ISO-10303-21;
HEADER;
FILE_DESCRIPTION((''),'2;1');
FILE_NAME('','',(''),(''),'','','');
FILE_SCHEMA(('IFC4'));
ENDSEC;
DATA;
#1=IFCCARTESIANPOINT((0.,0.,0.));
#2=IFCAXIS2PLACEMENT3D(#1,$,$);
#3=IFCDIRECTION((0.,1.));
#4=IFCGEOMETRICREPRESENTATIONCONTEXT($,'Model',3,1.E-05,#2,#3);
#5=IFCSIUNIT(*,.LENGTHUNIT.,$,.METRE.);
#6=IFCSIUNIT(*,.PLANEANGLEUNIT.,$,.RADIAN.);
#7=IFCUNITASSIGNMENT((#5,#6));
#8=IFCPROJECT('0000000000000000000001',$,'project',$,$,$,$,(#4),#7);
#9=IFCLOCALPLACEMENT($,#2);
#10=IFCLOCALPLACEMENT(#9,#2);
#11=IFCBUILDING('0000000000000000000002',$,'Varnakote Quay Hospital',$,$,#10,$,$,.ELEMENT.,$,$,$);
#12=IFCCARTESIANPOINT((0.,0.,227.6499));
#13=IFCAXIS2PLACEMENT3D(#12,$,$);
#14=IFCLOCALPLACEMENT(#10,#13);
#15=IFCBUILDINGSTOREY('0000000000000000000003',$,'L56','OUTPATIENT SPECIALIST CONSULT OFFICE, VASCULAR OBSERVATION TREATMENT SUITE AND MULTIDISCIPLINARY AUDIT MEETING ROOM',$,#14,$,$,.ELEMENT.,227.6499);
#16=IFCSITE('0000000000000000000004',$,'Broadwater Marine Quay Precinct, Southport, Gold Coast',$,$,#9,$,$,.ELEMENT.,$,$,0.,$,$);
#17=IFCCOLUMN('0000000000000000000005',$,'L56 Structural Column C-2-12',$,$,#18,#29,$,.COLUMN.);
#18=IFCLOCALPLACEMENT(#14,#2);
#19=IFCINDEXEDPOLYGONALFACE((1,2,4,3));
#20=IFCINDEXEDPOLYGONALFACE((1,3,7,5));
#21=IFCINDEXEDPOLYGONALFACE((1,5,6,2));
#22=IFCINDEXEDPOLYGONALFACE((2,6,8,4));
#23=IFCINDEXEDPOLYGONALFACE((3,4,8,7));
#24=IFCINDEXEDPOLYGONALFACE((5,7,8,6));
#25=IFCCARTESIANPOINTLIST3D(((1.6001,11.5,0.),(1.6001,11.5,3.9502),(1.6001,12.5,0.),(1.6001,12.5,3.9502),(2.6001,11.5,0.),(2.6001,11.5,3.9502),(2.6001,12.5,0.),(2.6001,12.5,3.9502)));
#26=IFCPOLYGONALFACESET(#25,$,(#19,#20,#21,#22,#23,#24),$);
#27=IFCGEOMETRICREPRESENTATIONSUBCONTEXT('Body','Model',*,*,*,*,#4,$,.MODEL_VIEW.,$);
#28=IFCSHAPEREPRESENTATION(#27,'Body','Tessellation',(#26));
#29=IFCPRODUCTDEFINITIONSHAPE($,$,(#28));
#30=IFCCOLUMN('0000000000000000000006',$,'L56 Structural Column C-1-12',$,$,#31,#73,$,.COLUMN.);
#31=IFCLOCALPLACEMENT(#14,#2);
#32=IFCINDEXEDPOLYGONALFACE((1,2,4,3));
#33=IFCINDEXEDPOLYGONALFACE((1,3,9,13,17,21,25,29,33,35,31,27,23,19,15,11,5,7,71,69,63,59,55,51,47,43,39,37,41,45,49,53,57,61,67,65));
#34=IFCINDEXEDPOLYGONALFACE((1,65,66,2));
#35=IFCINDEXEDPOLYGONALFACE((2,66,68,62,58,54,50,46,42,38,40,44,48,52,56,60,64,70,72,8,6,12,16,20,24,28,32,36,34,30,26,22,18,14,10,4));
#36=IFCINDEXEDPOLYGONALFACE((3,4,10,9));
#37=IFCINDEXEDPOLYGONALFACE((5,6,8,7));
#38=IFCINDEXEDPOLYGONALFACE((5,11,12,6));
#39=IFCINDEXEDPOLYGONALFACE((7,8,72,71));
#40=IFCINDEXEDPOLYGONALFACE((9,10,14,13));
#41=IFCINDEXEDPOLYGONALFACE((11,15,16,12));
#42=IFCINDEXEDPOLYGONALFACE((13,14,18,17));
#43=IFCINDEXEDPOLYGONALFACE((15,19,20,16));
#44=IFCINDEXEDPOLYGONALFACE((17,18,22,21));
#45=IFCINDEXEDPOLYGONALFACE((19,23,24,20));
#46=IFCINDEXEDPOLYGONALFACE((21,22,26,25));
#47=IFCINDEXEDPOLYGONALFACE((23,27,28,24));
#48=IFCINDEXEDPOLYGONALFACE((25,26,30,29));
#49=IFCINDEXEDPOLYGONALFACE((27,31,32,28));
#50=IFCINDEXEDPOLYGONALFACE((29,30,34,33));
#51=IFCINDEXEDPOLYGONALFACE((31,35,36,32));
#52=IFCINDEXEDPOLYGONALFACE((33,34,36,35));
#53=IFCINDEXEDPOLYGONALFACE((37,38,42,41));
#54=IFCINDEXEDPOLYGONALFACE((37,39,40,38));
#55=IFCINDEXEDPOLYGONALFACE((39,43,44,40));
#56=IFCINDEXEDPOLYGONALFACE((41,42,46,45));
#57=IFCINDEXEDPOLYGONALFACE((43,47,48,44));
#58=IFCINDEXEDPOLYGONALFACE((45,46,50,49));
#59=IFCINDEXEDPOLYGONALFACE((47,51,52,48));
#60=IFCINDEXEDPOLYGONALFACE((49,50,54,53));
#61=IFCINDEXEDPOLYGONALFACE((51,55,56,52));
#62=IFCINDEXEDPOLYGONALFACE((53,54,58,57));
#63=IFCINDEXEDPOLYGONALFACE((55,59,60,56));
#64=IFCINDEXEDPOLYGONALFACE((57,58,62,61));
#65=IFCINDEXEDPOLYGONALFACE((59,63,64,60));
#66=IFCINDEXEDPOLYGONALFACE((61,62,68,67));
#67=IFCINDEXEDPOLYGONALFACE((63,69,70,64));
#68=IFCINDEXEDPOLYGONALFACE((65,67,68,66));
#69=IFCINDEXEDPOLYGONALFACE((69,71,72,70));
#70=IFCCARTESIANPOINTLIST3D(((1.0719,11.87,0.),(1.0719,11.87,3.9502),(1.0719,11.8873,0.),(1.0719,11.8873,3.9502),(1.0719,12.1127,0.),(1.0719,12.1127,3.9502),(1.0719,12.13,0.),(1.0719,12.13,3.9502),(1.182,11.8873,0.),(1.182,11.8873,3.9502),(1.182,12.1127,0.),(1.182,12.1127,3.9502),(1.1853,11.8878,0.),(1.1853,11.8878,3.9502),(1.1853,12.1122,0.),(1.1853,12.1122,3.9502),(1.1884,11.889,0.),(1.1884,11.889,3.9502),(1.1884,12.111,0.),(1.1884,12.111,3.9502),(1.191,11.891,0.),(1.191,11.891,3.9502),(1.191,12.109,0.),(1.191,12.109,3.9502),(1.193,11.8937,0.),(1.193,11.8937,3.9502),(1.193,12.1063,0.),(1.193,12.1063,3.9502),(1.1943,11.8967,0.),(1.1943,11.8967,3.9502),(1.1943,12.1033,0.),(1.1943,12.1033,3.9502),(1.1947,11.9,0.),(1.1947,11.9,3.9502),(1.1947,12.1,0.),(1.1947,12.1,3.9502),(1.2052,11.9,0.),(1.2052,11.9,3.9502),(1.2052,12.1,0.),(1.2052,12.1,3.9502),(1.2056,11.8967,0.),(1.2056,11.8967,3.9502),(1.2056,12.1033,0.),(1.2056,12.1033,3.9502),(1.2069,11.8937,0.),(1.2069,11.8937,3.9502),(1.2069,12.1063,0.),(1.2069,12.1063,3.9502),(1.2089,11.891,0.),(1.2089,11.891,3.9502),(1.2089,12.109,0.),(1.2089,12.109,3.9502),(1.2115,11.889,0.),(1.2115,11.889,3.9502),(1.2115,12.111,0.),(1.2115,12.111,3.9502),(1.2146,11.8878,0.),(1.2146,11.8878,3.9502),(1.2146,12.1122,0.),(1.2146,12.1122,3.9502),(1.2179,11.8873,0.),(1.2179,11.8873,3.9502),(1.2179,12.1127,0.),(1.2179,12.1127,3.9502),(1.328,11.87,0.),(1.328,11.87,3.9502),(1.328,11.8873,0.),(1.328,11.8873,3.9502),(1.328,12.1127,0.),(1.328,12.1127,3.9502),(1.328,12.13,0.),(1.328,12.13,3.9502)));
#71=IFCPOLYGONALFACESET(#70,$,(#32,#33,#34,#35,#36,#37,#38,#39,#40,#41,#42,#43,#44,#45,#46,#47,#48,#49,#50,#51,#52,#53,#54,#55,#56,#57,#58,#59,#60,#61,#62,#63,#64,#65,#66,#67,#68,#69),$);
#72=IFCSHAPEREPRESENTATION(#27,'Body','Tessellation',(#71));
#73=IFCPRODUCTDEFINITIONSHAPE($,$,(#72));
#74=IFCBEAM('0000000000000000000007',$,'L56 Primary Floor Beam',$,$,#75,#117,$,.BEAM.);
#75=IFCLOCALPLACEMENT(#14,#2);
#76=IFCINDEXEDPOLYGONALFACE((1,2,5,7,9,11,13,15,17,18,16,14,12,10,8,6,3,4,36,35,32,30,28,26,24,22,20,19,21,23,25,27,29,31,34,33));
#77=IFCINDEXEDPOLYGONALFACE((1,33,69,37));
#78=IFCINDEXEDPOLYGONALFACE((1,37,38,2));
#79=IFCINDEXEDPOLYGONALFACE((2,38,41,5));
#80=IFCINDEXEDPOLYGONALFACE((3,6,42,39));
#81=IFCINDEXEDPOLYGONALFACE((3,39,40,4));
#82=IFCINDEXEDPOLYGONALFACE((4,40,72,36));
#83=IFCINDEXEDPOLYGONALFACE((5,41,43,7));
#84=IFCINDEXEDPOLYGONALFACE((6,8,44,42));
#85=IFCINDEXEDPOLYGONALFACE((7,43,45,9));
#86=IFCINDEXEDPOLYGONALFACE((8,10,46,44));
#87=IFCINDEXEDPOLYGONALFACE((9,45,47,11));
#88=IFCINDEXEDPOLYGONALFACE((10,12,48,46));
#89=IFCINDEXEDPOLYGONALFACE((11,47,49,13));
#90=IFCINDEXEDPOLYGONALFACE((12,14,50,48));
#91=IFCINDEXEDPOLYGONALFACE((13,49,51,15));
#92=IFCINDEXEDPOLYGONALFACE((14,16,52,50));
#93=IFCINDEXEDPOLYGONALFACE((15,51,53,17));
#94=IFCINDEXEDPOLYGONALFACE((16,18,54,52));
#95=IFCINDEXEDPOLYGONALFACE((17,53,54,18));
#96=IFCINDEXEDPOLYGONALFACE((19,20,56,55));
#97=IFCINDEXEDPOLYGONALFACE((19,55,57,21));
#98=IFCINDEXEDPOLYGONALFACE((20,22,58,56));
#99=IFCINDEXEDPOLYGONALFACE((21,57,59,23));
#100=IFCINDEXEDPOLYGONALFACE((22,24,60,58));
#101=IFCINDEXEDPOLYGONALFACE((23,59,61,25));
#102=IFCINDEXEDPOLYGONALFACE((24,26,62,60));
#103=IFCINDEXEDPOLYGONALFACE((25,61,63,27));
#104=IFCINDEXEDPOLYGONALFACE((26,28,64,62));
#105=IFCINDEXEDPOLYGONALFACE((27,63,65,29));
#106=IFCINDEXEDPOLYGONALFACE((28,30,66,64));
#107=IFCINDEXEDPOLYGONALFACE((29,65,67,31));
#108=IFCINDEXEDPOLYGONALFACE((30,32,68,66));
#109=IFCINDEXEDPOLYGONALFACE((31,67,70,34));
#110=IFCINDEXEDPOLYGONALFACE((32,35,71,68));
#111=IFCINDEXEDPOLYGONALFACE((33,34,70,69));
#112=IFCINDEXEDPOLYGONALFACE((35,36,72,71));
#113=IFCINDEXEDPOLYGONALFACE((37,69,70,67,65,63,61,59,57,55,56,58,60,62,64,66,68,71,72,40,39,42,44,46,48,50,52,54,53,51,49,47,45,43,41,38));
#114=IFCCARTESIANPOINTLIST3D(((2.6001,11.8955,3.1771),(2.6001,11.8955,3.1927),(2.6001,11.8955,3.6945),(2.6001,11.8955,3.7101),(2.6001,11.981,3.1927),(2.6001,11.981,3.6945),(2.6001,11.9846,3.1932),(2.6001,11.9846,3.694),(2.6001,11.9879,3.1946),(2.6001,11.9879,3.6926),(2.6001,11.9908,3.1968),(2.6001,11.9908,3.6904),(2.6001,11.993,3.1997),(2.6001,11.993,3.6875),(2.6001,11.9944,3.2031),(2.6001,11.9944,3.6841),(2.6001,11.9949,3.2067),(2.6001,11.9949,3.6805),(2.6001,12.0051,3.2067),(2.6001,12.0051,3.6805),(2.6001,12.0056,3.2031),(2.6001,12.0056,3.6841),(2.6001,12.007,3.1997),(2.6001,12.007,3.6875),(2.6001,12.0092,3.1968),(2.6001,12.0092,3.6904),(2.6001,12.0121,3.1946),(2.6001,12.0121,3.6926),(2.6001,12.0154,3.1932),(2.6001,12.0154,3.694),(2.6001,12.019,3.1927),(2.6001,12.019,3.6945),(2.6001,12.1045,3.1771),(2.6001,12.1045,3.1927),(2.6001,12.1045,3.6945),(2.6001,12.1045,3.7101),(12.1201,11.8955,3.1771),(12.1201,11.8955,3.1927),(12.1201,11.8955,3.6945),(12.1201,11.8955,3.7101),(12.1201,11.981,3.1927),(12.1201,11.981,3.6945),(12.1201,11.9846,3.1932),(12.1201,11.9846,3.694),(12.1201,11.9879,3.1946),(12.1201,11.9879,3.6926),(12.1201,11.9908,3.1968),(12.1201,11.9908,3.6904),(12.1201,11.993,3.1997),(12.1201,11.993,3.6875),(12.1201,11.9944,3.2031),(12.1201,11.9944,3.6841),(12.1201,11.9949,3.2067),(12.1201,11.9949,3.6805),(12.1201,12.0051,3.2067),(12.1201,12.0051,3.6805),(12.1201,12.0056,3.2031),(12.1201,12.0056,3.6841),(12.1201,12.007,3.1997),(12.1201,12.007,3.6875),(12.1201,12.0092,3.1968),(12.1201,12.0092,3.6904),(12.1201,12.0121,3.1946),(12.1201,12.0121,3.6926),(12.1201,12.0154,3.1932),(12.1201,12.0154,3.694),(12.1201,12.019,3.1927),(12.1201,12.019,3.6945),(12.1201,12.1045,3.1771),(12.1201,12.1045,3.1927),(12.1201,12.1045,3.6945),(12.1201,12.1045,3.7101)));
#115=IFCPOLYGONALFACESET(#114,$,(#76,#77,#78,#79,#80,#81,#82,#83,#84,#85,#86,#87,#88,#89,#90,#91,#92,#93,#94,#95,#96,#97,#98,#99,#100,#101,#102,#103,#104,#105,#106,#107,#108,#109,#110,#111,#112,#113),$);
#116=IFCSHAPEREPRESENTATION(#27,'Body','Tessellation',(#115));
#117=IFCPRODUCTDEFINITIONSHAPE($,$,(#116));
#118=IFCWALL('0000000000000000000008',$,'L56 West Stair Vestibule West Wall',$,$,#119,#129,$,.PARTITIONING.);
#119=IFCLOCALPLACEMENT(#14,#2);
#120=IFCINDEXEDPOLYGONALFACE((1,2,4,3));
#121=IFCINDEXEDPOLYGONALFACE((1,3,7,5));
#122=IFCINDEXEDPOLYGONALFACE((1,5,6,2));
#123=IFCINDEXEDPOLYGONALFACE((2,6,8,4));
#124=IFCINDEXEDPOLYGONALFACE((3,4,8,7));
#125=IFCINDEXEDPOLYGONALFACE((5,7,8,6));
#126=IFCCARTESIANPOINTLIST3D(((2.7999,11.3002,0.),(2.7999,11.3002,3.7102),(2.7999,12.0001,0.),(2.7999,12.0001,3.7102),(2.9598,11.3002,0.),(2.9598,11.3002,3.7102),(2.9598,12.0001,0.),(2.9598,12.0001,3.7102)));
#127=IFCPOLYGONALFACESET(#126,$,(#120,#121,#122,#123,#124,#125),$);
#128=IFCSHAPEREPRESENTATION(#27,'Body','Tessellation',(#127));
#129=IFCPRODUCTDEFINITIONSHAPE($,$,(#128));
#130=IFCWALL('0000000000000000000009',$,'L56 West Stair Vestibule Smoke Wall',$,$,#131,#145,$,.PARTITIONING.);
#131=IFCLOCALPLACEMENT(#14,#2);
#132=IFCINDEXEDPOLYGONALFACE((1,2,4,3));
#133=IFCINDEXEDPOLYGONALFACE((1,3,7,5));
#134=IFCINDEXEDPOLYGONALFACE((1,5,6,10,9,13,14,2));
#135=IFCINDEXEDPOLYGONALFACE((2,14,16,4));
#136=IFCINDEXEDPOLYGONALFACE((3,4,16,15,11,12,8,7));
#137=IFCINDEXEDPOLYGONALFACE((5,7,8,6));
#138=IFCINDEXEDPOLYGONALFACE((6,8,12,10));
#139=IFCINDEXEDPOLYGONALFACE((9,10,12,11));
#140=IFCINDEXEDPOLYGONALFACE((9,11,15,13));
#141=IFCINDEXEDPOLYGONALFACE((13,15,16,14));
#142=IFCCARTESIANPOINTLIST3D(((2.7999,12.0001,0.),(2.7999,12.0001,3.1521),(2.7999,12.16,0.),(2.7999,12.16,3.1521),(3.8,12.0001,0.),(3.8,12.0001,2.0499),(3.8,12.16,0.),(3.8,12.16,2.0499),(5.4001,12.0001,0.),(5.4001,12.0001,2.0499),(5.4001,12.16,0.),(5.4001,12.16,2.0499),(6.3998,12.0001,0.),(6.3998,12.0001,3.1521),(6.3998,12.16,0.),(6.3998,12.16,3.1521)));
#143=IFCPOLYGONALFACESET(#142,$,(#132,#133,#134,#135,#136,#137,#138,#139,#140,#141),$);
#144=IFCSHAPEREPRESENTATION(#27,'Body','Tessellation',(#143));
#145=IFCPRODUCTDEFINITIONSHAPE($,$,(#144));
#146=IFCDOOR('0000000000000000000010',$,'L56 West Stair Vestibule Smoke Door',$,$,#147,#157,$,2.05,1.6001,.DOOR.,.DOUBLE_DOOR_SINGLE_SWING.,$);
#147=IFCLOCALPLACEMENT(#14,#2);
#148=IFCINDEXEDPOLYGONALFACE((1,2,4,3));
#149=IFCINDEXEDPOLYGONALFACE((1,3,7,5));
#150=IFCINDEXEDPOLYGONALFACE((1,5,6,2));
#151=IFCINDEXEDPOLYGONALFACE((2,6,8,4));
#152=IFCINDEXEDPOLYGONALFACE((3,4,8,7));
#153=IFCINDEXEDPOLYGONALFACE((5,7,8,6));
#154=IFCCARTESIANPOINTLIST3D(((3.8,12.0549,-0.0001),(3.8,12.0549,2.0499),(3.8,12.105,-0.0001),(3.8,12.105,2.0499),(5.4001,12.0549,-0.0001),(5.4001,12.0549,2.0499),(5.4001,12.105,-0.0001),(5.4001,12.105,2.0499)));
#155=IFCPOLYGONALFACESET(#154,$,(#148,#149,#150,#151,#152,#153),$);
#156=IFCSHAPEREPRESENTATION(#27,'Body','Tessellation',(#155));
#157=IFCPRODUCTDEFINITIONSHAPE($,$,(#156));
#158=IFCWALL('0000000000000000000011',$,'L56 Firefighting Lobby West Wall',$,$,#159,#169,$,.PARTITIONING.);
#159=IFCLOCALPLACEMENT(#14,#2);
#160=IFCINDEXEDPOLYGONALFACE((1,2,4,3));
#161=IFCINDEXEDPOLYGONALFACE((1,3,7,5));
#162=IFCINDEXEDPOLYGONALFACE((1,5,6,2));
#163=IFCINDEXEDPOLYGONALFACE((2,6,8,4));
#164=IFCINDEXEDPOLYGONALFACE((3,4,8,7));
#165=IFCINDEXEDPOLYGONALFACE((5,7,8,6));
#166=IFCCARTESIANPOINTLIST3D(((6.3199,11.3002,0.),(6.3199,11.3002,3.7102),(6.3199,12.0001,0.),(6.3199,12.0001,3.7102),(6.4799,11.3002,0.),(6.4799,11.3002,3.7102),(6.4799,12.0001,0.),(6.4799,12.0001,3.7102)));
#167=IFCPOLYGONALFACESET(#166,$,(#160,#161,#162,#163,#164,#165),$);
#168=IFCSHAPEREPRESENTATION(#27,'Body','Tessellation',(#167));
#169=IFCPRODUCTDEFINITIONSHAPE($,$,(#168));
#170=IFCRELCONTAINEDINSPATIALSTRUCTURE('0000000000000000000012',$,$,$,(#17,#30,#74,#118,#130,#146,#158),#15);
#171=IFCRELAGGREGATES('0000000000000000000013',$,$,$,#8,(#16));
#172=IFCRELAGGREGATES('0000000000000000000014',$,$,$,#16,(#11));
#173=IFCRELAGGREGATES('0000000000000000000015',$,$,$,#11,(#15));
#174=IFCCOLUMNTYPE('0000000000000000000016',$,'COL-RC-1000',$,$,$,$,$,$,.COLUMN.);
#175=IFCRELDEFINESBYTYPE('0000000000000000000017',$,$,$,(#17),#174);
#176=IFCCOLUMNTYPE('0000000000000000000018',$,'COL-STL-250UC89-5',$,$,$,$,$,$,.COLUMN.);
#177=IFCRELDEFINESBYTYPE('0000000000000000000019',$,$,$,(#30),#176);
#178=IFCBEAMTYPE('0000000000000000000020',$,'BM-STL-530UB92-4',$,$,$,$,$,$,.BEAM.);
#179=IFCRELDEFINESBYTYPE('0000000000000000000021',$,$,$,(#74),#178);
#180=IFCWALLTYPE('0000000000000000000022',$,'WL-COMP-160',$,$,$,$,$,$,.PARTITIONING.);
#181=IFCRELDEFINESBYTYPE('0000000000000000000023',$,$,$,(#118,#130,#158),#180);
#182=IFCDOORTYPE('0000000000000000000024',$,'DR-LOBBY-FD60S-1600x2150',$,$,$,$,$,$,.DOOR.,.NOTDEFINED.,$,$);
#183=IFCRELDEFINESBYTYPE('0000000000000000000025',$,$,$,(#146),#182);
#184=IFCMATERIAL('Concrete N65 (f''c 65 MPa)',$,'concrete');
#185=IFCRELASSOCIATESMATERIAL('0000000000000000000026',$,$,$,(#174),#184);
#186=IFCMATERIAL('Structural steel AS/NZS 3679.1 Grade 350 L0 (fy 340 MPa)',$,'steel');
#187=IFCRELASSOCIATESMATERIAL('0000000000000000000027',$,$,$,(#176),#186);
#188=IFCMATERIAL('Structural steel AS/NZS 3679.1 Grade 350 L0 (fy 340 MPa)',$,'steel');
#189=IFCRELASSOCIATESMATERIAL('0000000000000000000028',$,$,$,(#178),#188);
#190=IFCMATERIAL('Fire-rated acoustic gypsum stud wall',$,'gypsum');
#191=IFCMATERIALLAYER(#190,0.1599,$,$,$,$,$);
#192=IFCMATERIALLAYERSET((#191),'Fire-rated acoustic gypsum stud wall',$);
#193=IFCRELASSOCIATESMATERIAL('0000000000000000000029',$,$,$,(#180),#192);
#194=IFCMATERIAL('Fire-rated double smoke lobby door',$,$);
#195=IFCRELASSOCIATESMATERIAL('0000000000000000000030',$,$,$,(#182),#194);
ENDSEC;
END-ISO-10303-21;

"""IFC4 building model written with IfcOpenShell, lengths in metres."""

from ifc_helpers import new_model, si_unit, direction, frame, frame_2d, origin, origin_2d, place, context, subcontext, project, spatial, rectangle, i_section, extrude, material, layer, layer_set, material_profile, profile_set, type_object, element, fill, save


model = new_model("IFC4")

# Units and contexts
model_context = context("Model", 3, precision=1e-05, world=origin(), true_north=direction((0.0, 1.0)))
body_context = subcontext(model_context, "Body", "Model", "MODEL_VIEW")
ifc_project = project(units=[si_unit("LENGTHUNIT", "METRE"), si_unit("PLANEANGLEUNIT", "RADIAN")], contexts=[model_context])

# Site, building, storey
site_placement = place(None, origin())
site = spatial("IfcSite", under=ifc_project, at=site_placement, Name="Broadwater Marine Quay Precinct, Southport, Gold Coast", CompositionType="ELEMENT", RefElevation=0.0)
building_placement = place(site_placement, origin())
building = spatial("IfcBuilding", under=site, at=building_placement, Name="Varnakote Quay Hospital", CompositionType="ELEMENT")
storey_placement = place(building_placement, frame((0.0, 0.0, 227.6499)))
storey = spatial("IfcBuildingStorey", under=building, at=storey_placement, Name="L56", Description="OUTPATIENT SPECIALIST CONSULT OFFICE, VASCULAR OBSERVATION TREATMENT SUITE AND MULTIDISCIPLINARY AUDIT MEETING ROOM", CompositionType="ELEMENT", Elevation=227.6499)

# Columns
ifc_material_1 = material(Name="Concrete N65 (f'c 65 MPa)", Category="concrete")
ifc_material_profile_1 = material_profile(ifc_material_1, rectangle(XDim=1.0, YDim=1.0, at=origin_2d()), Name="RC-COL-1000x1000")
ifc_profile_set_1 = profile_set([ifc_material_profile_1], Name="Concrete N65 (f'c 65 MPa)")
column_type_1 = type_object("IfcColumnType", Name="COL-RC-1000", PredefinedType="COLUMN", material=ifc_profile_set_1)
column_1_placement = place(storey_placement, frame((2.1001, 12.0, 0.0), z_axis=(0.0, 0.0, 1.0), x_axis=(1.0, 0.0, 0.0)))
element("IfcColumn", 1, at=column_1_placement, inside=storey, type_object=column_type_1, Name="L56 Structural Column C-2-12", PredefinedType="COLUMN", context=body_context, shape_type="SweptSolid", body=[
    extrude(rectangle(XDim=1.0, YDim=1.0, at=origin_2d()), origin(), (0.0, 0.0, 1.0), 3.9502),
])
ifc_material_2 = material(Name="Structural steel AS/NZS 3679.1 Grade 350 L0 (fy 340 MPa)", Category="steel")
ifc_material_profile_2 = material_profile(ifc_material_2, i_section(OverallWidth=0.2561, OverallDepth=0.26, WebThickness=0.0105, FlangeThickness=0.0173, FilletRadius=0.0127, at=origin_2d()), Name="250UC89.5")
ifc_profile_set_2 = profile_set([ifc_material_profile_2], Name="Structural steel AS/NZS 3679.1 Grade 350 L0 (fy 340 MPa)")
column_type_2 = type_object("IfcColumnType", Name="COL-STL-250UC89-5", PredefinedType="COLUMN", material=ifc_profile_set_2)
column_2_placement = place(storey_placement, frame((1.2, 12.0, 0.0), z_axis=(0.0, 0.0, 1.0), x_axis=(1.0, 0.0, 0.0)))
element("IfcColumn", 2, at=column_2_placement, inside=storey, type_object=column_type_2, Name="L56 Structural Column C-1-12", PredefinedType="COLUMN", context=body_context, shape_type="SweptSolid", body=[
    extrude(i_section(OverallWidth=0.2561, OverallDepth=0.26, WebThickness=0.0105, FlangeThickness=0.0173, FilletRadius=0.0127, at=origin_2d()), origin(), (0.0, 0.0, 1.0), 3.9502),
])

# Beam
ifc_material_3 = material(Name="Structural steel AS/NZS 3679.1 Grade 350 L0 (fy 340 MPa)", Category="steel")
ifc_material_profile_3 = material_profile(ifc_material_3, i_section(OverallWidth=0.209, OverallDepth=0.533, WebThickness=0.0103, FlangeThickness=0.0156, FilletRadius=0.0139, at=origin_2d()), Name="530UB92.4")
ifc_profile_set_3 = profile_set([ifc_material_profile_3], Name="Structural steel AS/NZS 3679.1 Grade 350 L0 (fy 340 MPa)")
beam_type = type_object("IfcBeamType", Name="BM-STL-530UB92-4", PredefinedType="BEAM", material=ifc_profile_set_3)
beam_placement = place(storey_placement, frame((2.6001, 12.0, 3.4436), z_axis=(1.0, 0.0, 0.0), x_axis=(0.0, 1.0, 0.0)))
element("IfcBeam", 3, at=beam_placement, inside=storey, type_object=beam_type, Name="L56 Primary Floor Beam", PredefinedType="BEAM", context=body_context, shape_type="SweptSolid", body=[
    extrude(i_section(OverallWidth=0.209, OverallDepth=0.533, WebThickness=0.0103, FlangeThickness=0.0156, FilletRadius=0.0139, at=origin_2d()), origin(), (0.0, 0.0, 1.0), 9.52),
])

# Wall
ifc_material_4 = material(Name="Fire-rated acoustic gypsum stud wall", Category="gypsum")
ifc_layer_1 = layer(ifc_material_4, 0.1599)
ifc_layer_set_1 = layer_set([ifc_layer_1], Name="Fire-rated acoustic gypsum stud wall")
wall_type_1 = type_object("IfcWallType", Name="WL-COMP-160", PredefinedType="PARTITIONING", material=ifc_layer_set_1)
wall_1_placement = place(storey_placement, frame((2.8799, 11.3, 0.0), z_axis=(0.0, 0.0, 1.0), x_axis=(0.0, 1.0, 0.0)))
element("IfcWall", 4, at=wall_1_placement, inside=storey, type_object=wall_type_1, Name="L56 West Stair Vestibule West Wall", PredefinedType="PARTITIONING", context=body_context, shape_type="SweptSolid", body=[
    extrude(rectangle(XDim=0.7, YDim=0.1599, at=frame_2d((0.3501, 0.0))), origin(), (0.0, 0.0, 1.0), 3.7102),
])

# Wall, opening, door
wall_2_placement = place(storey_placement, frame((2.8, 12.0801, 0.0), z_axis=(0.0, 0.0, 1.0), x_axis=(1.0, 0.0, 0.0)))
wall_2 = element("IfcWall", 5, at=wall_2_placement, inside=storey, type_object=wall_type_1, Name="L56 West Stair Vestibule Smoke Wall", PredefinedType="PARTITIONING", context=body_context, shape_type="SweptSolid", body=[
    extrude(rectangle(XDim=3.5999, YDim=0.1599, at=frame_2d((1.7998, 0.0))), origin(), (0.0, 0.0, 1.0), 3.1521),
])
opening_1_placement = place(wall_2_placement, frame((1.0, 0.0, 0.0)))
opening_1 = element("IfcOpeningElement", 6, at=opening_1_placement, cuts=wall_2, PredefinedType="OPENING", context=body_context, shape_type="SweptSolid", body=[
    extrude(rectangle(XDim=1.6001, YDim=2.05, at=frame_2d((0.8, 1.0249))), frame((0.0, 0.0898, 0.0), z_axis=(0.0, -1.0, 0.0), x_axis=(1.0, 0.0, 0.0)), (0.0, 0.0, 1.0), 0.1799),
])
ifc_material_5 = material(Name="Fire-rated double smoke lobby door")
door_type_1 = type_object("IfcDoorType", Name="DR-LOBBY-FD60S-1600x2150", OperationType="NOTDEFINED", PredefinedType="DOOR", material=ifc_material_5)
door_1_placement = place(opening_1_placement, origin())
door_1 = element("IfcDoor", 7, at=door_1_placement, inside=storey, type_object=door_type_1, Name="L56 West Stair Vestibule Smoke Door", OperationType="DOUBLE_DOOR_SINGLE_SWING", OverallHeight=2.05, OverallWidth=1.6001, PredefinedType="DOOR", context=body_context, shape_type="SweptSolid", body=[
    extrude(rectangle(XDim=1.6001, YDim=2.05, at=frame_2d((0.8, 1.0249))), frame((0.0, 0.0249, 0.0), z_axis=(0.0, -1.0, 0.0), x_axis=(1.0, 0.0, 0.0)), (0.0, 0.0, 1.0), 0.05),
])
fill(opening_1, door_1)

# Wall
wall_3_placement = place(storey_placement, frame((6.3999, 11.3, 0.0), z_axis=(0.0, 0.0, 1.0), x_axis=(0.0, 1.0, 0.0)))
element("IfcWall", 8, at=wall_3_placement, inside=storey, type_object=wall_type_1, Name="L56 Firefighting Lobby West Wall", PredefinedType="PARTITIONING", context=body_context, shape_type="SweptSolid", body=[
    extrude(rectangle(XDim=0.7, YDim=0.1599, at=frame_2d((0.3501, 0.0))), origin(), (0.0, 0.0, 1.0), 3.7102),
])

save(model, "model.ifc")
